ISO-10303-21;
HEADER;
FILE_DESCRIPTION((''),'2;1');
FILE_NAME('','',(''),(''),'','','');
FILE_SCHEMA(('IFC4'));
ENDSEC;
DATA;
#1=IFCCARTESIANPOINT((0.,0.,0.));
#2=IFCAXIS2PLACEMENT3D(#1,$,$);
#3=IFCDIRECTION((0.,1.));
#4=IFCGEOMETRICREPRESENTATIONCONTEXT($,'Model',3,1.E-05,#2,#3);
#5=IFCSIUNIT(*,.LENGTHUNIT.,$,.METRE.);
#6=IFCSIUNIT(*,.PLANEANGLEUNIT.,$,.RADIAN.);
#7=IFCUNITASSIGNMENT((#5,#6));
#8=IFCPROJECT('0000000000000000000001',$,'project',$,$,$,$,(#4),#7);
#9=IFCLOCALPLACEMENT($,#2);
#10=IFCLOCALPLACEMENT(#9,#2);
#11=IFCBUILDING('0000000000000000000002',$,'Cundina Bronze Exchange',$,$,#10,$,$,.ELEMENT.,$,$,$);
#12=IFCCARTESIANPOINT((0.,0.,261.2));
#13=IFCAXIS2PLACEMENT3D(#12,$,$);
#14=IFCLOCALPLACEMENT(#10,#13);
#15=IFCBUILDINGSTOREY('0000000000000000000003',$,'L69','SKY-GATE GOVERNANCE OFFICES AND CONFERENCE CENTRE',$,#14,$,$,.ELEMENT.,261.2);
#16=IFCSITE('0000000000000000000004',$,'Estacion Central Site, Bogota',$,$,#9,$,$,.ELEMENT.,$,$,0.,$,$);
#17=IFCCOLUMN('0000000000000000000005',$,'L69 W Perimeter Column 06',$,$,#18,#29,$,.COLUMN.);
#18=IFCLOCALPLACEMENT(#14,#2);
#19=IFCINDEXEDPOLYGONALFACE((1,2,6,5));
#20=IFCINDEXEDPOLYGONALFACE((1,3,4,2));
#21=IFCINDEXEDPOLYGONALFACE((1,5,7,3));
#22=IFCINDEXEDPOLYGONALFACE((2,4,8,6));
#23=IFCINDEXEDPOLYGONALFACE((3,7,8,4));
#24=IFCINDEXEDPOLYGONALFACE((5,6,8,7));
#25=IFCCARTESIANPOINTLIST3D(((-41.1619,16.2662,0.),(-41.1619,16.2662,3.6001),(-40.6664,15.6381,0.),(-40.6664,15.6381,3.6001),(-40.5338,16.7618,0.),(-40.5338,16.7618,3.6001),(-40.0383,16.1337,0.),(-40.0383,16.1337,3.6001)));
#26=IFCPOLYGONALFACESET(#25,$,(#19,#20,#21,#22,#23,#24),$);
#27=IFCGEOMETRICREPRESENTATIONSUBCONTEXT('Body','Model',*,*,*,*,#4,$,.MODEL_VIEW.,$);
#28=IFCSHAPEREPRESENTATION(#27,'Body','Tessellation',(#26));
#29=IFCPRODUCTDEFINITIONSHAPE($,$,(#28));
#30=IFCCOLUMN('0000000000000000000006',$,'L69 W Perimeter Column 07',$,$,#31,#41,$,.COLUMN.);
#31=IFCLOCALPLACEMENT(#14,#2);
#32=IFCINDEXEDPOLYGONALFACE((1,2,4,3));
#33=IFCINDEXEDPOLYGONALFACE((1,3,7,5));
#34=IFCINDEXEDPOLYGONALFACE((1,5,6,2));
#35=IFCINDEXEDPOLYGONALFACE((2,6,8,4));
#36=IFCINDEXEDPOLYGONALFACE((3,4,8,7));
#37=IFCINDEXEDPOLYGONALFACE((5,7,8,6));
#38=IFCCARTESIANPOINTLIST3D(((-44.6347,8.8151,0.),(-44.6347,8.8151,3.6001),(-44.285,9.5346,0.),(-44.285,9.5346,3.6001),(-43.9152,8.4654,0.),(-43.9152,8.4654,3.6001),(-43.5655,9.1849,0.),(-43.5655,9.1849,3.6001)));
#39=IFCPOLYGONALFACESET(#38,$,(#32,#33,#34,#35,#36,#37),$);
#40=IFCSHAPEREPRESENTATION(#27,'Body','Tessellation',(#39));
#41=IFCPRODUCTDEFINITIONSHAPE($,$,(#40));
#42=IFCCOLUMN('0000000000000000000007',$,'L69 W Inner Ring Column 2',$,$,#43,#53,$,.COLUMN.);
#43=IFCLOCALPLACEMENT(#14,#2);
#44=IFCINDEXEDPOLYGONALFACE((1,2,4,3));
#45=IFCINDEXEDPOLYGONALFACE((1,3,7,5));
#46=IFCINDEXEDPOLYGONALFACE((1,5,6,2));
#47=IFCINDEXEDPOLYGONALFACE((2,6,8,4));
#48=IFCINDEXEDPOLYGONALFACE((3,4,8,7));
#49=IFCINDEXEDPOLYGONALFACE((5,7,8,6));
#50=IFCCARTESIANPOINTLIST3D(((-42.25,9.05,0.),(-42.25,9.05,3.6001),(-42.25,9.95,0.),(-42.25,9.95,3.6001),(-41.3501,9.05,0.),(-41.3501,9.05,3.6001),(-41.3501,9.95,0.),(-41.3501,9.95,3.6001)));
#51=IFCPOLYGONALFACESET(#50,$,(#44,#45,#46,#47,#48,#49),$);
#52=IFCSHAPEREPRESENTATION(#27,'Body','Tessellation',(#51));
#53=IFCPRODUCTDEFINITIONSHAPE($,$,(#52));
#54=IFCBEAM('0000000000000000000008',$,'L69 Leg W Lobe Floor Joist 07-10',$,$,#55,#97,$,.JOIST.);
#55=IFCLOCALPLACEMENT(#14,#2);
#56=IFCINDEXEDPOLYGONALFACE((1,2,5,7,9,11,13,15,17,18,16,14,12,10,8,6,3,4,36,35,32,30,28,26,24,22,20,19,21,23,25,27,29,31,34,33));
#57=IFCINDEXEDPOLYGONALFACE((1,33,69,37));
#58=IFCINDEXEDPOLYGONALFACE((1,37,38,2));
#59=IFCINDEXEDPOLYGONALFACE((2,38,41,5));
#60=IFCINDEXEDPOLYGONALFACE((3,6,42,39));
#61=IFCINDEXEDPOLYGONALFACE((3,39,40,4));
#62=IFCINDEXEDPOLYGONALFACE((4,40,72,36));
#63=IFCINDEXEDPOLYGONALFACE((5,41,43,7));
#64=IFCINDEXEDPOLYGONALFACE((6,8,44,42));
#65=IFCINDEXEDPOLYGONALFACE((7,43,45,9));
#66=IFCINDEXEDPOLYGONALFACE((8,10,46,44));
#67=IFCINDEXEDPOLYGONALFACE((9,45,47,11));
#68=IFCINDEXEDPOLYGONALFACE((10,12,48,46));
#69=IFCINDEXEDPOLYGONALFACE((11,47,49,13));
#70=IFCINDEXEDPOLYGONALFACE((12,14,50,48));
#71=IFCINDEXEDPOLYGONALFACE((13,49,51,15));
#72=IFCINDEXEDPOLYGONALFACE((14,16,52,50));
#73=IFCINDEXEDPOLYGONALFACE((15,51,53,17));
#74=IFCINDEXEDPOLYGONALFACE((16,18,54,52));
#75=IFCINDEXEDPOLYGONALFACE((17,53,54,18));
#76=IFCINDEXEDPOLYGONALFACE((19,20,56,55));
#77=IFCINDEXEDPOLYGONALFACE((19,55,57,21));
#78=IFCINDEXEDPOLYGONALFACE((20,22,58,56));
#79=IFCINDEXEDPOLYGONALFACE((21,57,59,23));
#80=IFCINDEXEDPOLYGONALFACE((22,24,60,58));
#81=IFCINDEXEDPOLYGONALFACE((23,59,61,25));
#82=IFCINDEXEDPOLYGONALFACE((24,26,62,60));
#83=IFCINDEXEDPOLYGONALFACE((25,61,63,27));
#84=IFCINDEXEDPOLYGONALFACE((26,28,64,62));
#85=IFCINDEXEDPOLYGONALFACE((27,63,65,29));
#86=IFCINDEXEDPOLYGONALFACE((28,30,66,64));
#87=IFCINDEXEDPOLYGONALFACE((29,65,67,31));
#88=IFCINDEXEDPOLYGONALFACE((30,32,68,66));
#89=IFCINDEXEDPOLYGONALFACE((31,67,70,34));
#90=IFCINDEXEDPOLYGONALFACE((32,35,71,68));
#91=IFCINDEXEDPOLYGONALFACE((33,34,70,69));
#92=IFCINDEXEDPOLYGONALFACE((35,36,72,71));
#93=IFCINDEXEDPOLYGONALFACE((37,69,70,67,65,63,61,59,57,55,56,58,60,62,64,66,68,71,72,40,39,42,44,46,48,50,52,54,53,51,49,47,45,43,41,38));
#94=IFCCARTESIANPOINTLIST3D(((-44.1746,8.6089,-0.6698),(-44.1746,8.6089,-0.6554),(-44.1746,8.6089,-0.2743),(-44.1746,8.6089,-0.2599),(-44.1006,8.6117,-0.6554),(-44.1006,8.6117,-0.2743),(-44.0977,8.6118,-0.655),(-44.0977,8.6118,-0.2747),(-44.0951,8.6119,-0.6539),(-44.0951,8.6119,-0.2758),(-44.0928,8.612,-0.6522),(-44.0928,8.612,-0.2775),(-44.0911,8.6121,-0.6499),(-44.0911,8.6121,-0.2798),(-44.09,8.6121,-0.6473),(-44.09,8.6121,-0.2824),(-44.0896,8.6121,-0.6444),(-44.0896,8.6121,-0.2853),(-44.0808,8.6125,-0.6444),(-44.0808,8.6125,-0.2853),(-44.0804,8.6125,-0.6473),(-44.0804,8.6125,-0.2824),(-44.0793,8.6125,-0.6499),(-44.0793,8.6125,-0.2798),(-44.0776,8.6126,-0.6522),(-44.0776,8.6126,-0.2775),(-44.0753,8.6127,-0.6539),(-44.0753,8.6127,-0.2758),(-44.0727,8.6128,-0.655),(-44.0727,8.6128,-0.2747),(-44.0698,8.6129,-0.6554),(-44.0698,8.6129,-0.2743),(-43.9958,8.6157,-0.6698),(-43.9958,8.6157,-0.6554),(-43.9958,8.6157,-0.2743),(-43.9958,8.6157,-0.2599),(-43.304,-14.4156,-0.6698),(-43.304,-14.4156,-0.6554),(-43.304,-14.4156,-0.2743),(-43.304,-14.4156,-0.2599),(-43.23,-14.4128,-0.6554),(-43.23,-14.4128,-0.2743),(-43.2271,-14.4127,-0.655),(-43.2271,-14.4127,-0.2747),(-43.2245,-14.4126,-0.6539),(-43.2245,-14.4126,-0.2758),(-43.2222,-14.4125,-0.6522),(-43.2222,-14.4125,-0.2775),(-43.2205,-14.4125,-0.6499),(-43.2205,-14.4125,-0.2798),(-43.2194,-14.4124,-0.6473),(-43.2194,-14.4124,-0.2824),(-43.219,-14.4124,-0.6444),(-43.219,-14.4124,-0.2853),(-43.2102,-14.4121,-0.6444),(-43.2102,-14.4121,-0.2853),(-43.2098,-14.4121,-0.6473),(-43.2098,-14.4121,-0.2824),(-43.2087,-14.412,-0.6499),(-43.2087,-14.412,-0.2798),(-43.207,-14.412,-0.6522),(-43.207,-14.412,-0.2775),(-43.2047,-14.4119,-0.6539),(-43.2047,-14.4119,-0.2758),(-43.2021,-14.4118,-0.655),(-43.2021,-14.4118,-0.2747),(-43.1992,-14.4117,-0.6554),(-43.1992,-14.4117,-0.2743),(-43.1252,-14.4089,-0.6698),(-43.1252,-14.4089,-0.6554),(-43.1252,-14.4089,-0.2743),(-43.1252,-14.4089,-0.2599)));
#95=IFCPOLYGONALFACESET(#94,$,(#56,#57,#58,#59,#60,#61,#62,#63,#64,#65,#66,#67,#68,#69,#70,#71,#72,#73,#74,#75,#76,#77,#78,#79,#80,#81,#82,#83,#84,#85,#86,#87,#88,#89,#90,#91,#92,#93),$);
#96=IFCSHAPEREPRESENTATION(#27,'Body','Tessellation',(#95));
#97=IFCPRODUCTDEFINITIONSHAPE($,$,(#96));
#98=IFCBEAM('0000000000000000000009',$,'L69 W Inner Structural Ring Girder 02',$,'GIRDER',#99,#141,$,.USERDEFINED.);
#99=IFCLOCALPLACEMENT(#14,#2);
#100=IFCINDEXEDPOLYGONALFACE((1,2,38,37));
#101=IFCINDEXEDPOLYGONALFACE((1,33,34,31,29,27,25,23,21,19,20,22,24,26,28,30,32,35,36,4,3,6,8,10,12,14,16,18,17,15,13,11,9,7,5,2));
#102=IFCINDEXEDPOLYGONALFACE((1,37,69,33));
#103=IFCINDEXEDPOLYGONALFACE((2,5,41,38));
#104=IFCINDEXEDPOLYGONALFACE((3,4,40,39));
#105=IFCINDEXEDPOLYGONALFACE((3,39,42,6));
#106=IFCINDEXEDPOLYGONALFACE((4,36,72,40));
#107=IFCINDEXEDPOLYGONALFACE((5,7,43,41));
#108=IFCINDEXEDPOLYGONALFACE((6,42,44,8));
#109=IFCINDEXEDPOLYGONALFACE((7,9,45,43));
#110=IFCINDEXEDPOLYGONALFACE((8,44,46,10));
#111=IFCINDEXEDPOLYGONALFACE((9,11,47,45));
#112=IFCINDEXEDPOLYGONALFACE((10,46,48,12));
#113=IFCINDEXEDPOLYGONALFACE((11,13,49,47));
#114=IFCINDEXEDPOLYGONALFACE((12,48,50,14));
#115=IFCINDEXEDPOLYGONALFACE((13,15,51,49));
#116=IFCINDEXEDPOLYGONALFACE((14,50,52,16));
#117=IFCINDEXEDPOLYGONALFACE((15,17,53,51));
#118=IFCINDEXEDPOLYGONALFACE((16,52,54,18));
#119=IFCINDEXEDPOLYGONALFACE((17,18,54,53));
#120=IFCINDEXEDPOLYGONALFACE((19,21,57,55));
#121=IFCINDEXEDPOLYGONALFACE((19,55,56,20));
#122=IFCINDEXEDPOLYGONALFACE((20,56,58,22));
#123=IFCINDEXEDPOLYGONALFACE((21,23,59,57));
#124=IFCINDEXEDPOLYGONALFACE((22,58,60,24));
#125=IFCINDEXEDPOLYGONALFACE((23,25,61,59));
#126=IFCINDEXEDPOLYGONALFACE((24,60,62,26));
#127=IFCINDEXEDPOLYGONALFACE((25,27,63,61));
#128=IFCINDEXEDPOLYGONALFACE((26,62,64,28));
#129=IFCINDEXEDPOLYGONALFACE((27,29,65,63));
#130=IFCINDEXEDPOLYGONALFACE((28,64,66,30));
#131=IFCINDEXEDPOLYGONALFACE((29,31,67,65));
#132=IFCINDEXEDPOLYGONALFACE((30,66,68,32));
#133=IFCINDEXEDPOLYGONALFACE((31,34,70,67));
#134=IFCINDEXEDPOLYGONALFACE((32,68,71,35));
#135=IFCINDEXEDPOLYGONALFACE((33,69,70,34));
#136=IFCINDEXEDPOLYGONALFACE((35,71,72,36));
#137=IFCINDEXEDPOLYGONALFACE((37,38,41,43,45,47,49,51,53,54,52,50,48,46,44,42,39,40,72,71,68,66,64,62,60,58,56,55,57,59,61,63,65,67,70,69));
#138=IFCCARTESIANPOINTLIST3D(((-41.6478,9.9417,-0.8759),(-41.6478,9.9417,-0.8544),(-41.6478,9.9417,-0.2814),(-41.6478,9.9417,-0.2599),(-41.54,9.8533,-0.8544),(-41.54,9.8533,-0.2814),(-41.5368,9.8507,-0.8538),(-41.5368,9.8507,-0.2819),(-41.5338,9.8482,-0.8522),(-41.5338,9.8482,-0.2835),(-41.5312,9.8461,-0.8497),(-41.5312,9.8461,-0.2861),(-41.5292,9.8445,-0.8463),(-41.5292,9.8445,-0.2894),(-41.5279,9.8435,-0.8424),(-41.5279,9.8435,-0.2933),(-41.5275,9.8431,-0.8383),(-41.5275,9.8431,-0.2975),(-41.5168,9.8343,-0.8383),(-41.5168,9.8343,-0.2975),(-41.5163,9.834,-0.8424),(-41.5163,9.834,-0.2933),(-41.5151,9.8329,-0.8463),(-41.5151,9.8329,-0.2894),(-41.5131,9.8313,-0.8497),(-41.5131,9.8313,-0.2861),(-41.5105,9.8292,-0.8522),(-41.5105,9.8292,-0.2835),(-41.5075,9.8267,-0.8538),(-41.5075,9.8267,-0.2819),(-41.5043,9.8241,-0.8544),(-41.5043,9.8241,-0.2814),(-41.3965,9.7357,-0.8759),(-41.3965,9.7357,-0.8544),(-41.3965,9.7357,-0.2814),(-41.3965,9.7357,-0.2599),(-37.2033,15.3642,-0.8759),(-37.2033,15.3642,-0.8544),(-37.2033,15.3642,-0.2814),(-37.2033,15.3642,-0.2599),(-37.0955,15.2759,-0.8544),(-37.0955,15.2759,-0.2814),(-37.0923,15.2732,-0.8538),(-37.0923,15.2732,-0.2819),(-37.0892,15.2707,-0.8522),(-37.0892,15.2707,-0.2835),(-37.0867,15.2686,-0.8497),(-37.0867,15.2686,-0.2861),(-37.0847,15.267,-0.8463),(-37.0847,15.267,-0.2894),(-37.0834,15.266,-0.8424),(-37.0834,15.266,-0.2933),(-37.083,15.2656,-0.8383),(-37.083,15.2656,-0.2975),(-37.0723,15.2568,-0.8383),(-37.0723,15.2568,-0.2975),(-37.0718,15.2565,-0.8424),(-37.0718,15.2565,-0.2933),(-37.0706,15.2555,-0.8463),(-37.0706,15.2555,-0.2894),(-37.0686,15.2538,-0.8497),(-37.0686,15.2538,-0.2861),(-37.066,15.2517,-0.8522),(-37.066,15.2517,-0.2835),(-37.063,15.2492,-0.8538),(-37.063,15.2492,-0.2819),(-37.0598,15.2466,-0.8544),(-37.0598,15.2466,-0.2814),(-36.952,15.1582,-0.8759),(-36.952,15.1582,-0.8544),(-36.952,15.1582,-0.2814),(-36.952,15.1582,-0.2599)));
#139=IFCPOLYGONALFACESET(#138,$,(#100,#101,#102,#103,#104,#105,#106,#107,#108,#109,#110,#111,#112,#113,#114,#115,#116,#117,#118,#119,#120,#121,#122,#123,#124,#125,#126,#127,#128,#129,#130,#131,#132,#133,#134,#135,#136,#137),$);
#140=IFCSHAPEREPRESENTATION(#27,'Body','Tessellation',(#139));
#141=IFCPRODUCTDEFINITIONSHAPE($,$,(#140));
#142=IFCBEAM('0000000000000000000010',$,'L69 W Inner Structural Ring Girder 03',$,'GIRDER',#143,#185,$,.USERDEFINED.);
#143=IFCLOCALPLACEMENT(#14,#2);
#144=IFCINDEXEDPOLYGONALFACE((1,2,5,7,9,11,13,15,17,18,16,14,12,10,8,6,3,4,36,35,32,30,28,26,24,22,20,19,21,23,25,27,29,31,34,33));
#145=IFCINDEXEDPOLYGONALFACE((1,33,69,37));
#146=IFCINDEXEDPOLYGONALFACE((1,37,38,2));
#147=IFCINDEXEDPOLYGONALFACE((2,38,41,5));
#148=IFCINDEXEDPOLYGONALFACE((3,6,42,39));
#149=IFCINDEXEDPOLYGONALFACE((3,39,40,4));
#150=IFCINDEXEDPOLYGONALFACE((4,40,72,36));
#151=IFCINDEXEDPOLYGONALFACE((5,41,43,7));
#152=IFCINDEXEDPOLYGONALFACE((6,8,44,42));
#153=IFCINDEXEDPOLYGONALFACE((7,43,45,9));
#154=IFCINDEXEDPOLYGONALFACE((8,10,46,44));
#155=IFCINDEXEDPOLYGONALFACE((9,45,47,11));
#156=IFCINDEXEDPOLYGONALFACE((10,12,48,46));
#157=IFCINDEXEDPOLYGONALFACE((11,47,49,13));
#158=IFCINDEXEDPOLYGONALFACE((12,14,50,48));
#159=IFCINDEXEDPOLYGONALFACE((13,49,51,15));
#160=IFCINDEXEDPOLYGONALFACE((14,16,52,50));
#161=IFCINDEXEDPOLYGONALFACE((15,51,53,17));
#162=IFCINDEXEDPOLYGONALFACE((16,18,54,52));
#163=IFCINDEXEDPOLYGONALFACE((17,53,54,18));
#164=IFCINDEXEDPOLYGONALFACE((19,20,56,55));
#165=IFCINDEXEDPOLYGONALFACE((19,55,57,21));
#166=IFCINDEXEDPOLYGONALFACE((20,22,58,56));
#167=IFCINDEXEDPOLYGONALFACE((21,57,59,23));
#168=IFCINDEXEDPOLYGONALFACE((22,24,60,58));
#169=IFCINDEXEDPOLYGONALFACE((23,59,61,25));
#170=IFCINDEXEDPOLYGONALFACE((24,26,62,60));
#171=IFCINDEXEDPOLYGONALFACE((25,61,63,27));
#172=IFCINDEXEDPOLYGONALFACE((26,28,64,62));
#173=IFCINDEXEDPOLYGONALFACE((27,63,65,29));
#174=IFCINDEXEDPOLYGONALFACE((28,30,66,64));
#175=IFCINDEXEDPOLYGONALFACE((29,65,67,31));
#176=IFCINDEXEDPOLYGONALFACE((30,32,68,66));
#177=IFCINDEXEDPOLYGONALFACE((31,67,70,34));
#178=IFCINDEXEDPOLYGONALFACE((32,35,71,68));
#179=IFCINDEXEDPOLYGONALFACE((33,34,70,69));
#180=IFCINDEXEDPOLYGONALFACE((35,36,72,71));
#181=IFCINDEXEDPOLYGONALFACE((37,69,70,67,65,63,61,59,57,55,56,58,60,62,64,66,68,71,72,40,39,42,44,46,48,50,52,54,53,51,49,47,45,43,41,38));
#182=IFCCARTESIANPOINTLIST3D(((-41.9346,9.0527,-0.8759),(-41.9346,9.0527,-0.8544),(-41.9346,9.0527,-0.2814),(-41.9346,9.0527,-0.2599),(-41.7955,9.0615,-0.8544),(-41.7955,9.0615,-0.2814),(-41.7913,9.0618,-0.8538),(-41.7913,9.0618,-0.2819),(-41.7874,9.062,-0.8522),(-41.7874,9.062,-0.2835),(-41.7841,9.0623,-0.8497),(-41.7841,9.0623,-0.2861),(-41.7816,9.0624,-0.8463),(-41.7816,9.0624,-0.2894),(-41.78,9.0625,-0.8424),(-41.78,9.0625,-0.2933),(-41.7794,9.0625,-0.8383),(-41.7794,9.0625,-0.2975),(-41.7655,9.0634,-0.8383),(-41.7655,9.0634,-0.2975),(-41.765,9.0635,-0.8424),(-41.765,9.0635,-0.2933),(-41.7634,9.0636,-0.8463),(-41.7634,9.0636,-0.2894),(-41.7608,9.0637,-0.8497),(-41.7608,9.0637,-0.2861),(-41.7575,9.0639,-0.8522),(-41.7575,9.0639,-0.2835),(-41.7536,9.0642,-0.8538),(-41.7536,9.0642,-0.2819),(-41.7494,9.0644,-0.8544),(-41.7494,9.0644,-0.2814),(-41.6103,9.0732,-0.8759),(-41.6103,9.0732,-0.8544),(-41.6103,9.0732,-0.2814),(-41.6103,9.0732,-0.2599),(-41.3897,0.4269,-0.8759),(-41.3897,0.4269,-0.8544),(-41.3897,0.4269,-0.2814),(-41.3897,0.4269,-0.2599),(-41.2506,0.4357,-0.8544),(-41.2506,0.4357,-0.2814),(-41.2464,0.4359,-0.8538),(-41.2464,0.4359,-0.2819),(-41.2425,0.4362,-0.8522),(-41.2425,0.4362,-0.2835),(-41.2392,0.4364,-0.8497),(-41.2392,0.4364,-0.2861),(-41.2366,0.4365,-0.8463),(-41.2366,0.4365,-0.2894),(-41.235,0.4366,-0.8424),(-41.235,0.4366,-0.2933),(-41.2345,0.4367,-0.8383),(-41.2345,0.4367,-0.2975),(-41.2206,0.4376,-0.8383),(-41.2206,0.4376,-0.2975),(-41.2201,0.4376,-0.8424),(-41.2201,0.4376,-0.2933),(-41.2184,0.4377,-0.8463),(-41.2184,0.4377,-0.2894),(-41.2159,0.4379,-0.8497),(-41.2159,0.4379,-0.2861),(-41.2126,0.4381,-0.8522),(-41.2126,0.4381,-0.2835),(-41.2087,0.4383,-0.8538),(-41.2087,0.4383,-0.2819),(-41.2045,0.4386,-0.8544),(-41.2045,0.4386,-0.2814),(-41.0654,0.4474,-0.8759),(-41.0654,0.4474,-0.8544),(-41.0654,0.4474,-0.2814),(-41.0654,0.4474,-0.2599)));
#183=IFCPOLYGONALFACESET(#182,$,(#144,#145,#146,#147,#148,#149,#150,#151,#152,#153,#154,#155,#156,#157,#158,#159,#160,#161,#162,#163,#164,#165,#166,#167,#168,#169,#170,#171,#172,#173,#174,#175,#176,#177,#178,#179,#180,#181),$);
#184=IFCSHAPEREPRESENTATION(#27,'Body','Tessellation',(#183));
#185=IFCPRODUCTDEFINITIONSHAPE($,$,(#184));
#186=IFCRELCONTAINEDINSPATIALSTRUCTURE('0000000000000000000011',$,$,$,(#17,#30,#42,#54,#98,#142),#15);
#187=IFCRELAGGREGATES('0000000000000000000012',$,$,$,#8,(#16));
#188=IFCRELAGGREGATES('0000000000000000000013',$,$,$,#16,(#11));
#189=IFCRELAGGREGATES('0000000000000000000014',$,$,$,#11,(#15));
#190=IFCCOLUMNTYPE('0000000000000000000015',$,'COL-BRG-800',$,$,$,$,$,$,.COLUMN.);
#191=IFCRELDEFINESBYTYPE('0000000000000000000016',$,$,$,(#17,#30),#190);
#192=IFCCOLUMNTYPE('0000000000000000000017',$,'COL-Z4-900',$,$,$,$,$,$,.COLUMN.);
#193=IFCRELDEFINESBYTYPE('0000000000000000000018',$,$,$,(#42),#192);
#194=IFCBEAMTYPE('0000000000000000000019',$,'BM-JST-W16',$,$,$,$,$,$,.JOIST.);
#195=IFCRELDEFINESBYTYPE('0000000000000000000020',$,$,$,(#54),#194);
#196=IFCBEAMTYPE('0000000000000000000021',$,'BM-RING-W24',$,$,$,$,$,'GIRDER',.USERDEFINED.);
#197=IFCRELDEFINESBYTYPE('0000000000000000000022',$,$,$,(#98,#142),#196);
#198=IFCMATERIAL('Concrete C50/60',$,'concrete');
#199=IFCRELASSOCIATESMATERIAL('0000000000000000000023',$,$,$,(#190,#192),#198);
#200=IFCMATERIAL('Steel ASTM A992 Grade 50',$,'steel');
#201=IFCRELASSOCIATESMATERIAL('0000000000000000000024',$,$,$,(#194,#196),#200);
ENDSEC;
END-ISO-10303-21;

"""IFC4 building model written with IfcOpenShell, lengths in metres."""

from ifc_helpers import new_model, si_unit, direction, frame, origin, origin_2d, place, context, subcontext, project, spatial, rectangle, i_section, extrude, material, material_profile, profile_set, type_object, element, save


model = new_model("IFC4")

# Units and contexts
model_context = context("Model", 3, precision=1e-05, world=origin(), true_north=direction((0.0, 1.0)))
body_context = subcontext(model_context, "Body", "Model", "MODEL_VIEW")
ifc_project = project(units=[si_unit("LENGTHUNIT", "METRE"), si_unit("PLANEANGLEUNIT", "RADIAN")], contexts=[model_context])

# Site, building, storey
site_placement = place(None, origin())
site = spatial("IfcSite", under=ifc_project, at=site_placement, Name="Estacion Central Site, Bogota", CompositionType="ELEMENT", RefElevation=0.0)
building_placement = place(site_placement, origin())
building = spatial("IfcBuilding", under=site, at=building_placement, Name="Cundina Bronze Exchange", CompositionType="ELEMENT")
storey_placement = place(building_placement, frame((0.0, 0.0, 261.2)))
storey = spatial("IfcBuildingStorey", under=building, at=storey_placement, Name="L69", Description="SKY-GATE GOVERNANCE OFFICES AND CONFERENCE CENTRE", CompositionType="ELEMENT", Elevation=261.2)

# Columns
ifc_material_1 = material(Name="Concrete C50/60", Category="concrete")
ifc_material_profile_1 = material_profile(ifc_material_1, rectangle(XDim=0.8, YDim=0.8, at=origin_2d()), Name="RC800X800", Category="concrete")
ifc_profile_set_1 = profile_set([ifc_material_profile_1], Name="Concrete C50/60")
column_type_1 = type_object("IfcColumnType", Name="COL-BRG-800", PredefinedType="COLUMN", material=ifc_profile_set_1)
for number, where, z_axis, x_axis, name in (
    (1, (-40.6001, 16.2, 0.0), (0.0, 0.0, 1.0), (-0.785101, -0.619368, 0.0), "L69 W Perimeter Column 06"),
    (2, (-44.1001, 9.0, 0.0), (0.0, 0.0, 1.0), (-0.437116, -0.899405, 0.0), "L69 W Perimeter Column 07"),
):
    element("IfcColumn", number, at=place(storey_placement, frame(where, z_axis=z_axis, x_axis=x_axis)), inside=storey, type_object=column_type_1, Name=name, PredefinedType="COLUMN", context=body_context, shape_type="SweptSolid", body=[
        extrude(rectangle(XDim=0.8, YDim=0.8, at=origin_2d()), origin(), (0.0, 0.0, 1.0), 3.6001),
    ])
ifc_material_profile_2 = material_profile(ifc_material_1, rectangle(XDim=0.8999, YDim=0.8999, at=origin_2d()), Name="RC900X900", Category="concrete")
ifc_profile_set_2 = profile_set([ifc_material_profile_2], Name="Concrete C50/60")
column_type_2 = type_object("IfcColumnType", Name="COL-Z4-900", PredefinedType="COLUMN", material=ifc_profile_set_2)
column_placement = place(storey_placement, frame((-41.8, 9.5, 0.0), z_axis=(0.0, 0.0, 1.0), x_axis=(1.0, 0.0, 0.0)))
element("IfcColumn", 3, at=column_placement, inside=storey, type_object=column_type_2, Name="L69 W Inner Ring Column 2", PredefinedType="COLUMN", context=body_context, shape_type="SweptSolid", body=[
    extrude(rectangle(XDim=0.8999, YDim=0.8999, at=origin_2d()), origin(), (0.0, 0.0, 1.0), 3.6001),
])

# Beams
ifc_material_2 = material(Name="Steel ASTM A992 Grade 50", Category="steel")
ifc_material_profile_3 = material_profile(ifc_material_2, i_section(OverallWidth=0.179, OverallDepth=0.4099, WebThickness=0.0088, FlangeThickness=0.0144, FilletRadius=0.011, at=origin_2d()), Name="W16X45", Category="steel")
ifc_profile_set_3 = profile_set([ifc_material_profile_3], Name="Steel ASTM A992 Grade 50")
beam_type_1 = type_object("IfcBeamType", Name="BM-JST-W16", PredefinedType="JOIST", material=ifc_profile_set_3)
beam_1_placement = place(storey_placement, frame((-44.0852, 8.6123, -0.4648), z_axis=(0.037785, -0.999286, 0.0), x_axis=(0.999286, 0.037785, 0.0)))
element("IfcBeam", 4, at=beam_1_placement, inside=storey, type_object=beam_type_1, Name="L69 Leg W Lobe Floor Joist 07-10", PredefinedType="JOIST", context=body_context, shape_type="SweptSolid", body=[
    extrude(i_section(OverallWidth=0.179, OverallDepth=0.4099, WebThickness=0.0088, FlangeThickness=0.0144, FilletRadius=0.011, at=origin_2d()), origin(), (0.0, 0.0, 1.0), 23.041),
])
ifc_material_profile_4 = material_profile(ifc_material_2, i_section(OverallWidth=0.325, OverallDepth=0.616, WebThickness=0.0139, FlangeThickness=0.0215, FilletRadius=0.0161, at=origin_2d()), Name="W24X117", Category="steel")
ifc_profile_set_4 = profile_set([ifc_material_profile_4], Name="Steel ASTM A992 Grade 50")
beam_type_2 = type_object("IfcBeamType", Name="BM-RING-W24", ElementType="GIRDER", PredefinedType="USERDEFINED", material=ifc_profile_set_4)
beam_2_placement = place(storey_placement, frame((-37.0776, 15.2612, -0.5679), z_axis=(-0.633913, -0.773405, 0.0), x_axis=(0.773405, -0.633913, 0.0)))
element("IfcBeam", 5, at=beam_2_placement, inside=storey, type_object=beam_type_2, Name="L69 W Inner Structural Ring Girder 02", ObjectType="GIRDER", PredefinedType="USERDEFINED", context=body_context, shape_type="SweptSolid", body=[
    extrude(i_section(OverallWidth=0.325, OverallDepth=0.616, WebThickness=0.0139, FlangeThickness=0.0215, FilletRadius=0.0161, at=origin_2d()), origin(), (0.0, 0.0, 1.0), 7.0112),
])
beam_3_placement = place(storey_placement, frame((-41.7725, 9.063, -0.5679), z_axis=(0.063047, -0.998011, 0.0), x_axis=(0.998011, 0.063047, 0.0)))
element("IfcBeam", 6, at=beam_3_placement, inside=storey, type_object=beam_type_2, Name="L69 W Inner Structural Ring Girder 03", ObjectType="GIRDER", PredefinedType="USERDEFINED", context=body_context, shape_type="SweptSolid", body=[
    extrude(i_section(OverallWidth=0.325, OverallDepth=0.616, WebThickness=0.0139, FlangeThickness=0.0215, FilletRadius=0.0161, at=origin_2d()), origin(), (0.0, 0.0, 1.0), 8.6431),
])

save(model, "model.ifc")
